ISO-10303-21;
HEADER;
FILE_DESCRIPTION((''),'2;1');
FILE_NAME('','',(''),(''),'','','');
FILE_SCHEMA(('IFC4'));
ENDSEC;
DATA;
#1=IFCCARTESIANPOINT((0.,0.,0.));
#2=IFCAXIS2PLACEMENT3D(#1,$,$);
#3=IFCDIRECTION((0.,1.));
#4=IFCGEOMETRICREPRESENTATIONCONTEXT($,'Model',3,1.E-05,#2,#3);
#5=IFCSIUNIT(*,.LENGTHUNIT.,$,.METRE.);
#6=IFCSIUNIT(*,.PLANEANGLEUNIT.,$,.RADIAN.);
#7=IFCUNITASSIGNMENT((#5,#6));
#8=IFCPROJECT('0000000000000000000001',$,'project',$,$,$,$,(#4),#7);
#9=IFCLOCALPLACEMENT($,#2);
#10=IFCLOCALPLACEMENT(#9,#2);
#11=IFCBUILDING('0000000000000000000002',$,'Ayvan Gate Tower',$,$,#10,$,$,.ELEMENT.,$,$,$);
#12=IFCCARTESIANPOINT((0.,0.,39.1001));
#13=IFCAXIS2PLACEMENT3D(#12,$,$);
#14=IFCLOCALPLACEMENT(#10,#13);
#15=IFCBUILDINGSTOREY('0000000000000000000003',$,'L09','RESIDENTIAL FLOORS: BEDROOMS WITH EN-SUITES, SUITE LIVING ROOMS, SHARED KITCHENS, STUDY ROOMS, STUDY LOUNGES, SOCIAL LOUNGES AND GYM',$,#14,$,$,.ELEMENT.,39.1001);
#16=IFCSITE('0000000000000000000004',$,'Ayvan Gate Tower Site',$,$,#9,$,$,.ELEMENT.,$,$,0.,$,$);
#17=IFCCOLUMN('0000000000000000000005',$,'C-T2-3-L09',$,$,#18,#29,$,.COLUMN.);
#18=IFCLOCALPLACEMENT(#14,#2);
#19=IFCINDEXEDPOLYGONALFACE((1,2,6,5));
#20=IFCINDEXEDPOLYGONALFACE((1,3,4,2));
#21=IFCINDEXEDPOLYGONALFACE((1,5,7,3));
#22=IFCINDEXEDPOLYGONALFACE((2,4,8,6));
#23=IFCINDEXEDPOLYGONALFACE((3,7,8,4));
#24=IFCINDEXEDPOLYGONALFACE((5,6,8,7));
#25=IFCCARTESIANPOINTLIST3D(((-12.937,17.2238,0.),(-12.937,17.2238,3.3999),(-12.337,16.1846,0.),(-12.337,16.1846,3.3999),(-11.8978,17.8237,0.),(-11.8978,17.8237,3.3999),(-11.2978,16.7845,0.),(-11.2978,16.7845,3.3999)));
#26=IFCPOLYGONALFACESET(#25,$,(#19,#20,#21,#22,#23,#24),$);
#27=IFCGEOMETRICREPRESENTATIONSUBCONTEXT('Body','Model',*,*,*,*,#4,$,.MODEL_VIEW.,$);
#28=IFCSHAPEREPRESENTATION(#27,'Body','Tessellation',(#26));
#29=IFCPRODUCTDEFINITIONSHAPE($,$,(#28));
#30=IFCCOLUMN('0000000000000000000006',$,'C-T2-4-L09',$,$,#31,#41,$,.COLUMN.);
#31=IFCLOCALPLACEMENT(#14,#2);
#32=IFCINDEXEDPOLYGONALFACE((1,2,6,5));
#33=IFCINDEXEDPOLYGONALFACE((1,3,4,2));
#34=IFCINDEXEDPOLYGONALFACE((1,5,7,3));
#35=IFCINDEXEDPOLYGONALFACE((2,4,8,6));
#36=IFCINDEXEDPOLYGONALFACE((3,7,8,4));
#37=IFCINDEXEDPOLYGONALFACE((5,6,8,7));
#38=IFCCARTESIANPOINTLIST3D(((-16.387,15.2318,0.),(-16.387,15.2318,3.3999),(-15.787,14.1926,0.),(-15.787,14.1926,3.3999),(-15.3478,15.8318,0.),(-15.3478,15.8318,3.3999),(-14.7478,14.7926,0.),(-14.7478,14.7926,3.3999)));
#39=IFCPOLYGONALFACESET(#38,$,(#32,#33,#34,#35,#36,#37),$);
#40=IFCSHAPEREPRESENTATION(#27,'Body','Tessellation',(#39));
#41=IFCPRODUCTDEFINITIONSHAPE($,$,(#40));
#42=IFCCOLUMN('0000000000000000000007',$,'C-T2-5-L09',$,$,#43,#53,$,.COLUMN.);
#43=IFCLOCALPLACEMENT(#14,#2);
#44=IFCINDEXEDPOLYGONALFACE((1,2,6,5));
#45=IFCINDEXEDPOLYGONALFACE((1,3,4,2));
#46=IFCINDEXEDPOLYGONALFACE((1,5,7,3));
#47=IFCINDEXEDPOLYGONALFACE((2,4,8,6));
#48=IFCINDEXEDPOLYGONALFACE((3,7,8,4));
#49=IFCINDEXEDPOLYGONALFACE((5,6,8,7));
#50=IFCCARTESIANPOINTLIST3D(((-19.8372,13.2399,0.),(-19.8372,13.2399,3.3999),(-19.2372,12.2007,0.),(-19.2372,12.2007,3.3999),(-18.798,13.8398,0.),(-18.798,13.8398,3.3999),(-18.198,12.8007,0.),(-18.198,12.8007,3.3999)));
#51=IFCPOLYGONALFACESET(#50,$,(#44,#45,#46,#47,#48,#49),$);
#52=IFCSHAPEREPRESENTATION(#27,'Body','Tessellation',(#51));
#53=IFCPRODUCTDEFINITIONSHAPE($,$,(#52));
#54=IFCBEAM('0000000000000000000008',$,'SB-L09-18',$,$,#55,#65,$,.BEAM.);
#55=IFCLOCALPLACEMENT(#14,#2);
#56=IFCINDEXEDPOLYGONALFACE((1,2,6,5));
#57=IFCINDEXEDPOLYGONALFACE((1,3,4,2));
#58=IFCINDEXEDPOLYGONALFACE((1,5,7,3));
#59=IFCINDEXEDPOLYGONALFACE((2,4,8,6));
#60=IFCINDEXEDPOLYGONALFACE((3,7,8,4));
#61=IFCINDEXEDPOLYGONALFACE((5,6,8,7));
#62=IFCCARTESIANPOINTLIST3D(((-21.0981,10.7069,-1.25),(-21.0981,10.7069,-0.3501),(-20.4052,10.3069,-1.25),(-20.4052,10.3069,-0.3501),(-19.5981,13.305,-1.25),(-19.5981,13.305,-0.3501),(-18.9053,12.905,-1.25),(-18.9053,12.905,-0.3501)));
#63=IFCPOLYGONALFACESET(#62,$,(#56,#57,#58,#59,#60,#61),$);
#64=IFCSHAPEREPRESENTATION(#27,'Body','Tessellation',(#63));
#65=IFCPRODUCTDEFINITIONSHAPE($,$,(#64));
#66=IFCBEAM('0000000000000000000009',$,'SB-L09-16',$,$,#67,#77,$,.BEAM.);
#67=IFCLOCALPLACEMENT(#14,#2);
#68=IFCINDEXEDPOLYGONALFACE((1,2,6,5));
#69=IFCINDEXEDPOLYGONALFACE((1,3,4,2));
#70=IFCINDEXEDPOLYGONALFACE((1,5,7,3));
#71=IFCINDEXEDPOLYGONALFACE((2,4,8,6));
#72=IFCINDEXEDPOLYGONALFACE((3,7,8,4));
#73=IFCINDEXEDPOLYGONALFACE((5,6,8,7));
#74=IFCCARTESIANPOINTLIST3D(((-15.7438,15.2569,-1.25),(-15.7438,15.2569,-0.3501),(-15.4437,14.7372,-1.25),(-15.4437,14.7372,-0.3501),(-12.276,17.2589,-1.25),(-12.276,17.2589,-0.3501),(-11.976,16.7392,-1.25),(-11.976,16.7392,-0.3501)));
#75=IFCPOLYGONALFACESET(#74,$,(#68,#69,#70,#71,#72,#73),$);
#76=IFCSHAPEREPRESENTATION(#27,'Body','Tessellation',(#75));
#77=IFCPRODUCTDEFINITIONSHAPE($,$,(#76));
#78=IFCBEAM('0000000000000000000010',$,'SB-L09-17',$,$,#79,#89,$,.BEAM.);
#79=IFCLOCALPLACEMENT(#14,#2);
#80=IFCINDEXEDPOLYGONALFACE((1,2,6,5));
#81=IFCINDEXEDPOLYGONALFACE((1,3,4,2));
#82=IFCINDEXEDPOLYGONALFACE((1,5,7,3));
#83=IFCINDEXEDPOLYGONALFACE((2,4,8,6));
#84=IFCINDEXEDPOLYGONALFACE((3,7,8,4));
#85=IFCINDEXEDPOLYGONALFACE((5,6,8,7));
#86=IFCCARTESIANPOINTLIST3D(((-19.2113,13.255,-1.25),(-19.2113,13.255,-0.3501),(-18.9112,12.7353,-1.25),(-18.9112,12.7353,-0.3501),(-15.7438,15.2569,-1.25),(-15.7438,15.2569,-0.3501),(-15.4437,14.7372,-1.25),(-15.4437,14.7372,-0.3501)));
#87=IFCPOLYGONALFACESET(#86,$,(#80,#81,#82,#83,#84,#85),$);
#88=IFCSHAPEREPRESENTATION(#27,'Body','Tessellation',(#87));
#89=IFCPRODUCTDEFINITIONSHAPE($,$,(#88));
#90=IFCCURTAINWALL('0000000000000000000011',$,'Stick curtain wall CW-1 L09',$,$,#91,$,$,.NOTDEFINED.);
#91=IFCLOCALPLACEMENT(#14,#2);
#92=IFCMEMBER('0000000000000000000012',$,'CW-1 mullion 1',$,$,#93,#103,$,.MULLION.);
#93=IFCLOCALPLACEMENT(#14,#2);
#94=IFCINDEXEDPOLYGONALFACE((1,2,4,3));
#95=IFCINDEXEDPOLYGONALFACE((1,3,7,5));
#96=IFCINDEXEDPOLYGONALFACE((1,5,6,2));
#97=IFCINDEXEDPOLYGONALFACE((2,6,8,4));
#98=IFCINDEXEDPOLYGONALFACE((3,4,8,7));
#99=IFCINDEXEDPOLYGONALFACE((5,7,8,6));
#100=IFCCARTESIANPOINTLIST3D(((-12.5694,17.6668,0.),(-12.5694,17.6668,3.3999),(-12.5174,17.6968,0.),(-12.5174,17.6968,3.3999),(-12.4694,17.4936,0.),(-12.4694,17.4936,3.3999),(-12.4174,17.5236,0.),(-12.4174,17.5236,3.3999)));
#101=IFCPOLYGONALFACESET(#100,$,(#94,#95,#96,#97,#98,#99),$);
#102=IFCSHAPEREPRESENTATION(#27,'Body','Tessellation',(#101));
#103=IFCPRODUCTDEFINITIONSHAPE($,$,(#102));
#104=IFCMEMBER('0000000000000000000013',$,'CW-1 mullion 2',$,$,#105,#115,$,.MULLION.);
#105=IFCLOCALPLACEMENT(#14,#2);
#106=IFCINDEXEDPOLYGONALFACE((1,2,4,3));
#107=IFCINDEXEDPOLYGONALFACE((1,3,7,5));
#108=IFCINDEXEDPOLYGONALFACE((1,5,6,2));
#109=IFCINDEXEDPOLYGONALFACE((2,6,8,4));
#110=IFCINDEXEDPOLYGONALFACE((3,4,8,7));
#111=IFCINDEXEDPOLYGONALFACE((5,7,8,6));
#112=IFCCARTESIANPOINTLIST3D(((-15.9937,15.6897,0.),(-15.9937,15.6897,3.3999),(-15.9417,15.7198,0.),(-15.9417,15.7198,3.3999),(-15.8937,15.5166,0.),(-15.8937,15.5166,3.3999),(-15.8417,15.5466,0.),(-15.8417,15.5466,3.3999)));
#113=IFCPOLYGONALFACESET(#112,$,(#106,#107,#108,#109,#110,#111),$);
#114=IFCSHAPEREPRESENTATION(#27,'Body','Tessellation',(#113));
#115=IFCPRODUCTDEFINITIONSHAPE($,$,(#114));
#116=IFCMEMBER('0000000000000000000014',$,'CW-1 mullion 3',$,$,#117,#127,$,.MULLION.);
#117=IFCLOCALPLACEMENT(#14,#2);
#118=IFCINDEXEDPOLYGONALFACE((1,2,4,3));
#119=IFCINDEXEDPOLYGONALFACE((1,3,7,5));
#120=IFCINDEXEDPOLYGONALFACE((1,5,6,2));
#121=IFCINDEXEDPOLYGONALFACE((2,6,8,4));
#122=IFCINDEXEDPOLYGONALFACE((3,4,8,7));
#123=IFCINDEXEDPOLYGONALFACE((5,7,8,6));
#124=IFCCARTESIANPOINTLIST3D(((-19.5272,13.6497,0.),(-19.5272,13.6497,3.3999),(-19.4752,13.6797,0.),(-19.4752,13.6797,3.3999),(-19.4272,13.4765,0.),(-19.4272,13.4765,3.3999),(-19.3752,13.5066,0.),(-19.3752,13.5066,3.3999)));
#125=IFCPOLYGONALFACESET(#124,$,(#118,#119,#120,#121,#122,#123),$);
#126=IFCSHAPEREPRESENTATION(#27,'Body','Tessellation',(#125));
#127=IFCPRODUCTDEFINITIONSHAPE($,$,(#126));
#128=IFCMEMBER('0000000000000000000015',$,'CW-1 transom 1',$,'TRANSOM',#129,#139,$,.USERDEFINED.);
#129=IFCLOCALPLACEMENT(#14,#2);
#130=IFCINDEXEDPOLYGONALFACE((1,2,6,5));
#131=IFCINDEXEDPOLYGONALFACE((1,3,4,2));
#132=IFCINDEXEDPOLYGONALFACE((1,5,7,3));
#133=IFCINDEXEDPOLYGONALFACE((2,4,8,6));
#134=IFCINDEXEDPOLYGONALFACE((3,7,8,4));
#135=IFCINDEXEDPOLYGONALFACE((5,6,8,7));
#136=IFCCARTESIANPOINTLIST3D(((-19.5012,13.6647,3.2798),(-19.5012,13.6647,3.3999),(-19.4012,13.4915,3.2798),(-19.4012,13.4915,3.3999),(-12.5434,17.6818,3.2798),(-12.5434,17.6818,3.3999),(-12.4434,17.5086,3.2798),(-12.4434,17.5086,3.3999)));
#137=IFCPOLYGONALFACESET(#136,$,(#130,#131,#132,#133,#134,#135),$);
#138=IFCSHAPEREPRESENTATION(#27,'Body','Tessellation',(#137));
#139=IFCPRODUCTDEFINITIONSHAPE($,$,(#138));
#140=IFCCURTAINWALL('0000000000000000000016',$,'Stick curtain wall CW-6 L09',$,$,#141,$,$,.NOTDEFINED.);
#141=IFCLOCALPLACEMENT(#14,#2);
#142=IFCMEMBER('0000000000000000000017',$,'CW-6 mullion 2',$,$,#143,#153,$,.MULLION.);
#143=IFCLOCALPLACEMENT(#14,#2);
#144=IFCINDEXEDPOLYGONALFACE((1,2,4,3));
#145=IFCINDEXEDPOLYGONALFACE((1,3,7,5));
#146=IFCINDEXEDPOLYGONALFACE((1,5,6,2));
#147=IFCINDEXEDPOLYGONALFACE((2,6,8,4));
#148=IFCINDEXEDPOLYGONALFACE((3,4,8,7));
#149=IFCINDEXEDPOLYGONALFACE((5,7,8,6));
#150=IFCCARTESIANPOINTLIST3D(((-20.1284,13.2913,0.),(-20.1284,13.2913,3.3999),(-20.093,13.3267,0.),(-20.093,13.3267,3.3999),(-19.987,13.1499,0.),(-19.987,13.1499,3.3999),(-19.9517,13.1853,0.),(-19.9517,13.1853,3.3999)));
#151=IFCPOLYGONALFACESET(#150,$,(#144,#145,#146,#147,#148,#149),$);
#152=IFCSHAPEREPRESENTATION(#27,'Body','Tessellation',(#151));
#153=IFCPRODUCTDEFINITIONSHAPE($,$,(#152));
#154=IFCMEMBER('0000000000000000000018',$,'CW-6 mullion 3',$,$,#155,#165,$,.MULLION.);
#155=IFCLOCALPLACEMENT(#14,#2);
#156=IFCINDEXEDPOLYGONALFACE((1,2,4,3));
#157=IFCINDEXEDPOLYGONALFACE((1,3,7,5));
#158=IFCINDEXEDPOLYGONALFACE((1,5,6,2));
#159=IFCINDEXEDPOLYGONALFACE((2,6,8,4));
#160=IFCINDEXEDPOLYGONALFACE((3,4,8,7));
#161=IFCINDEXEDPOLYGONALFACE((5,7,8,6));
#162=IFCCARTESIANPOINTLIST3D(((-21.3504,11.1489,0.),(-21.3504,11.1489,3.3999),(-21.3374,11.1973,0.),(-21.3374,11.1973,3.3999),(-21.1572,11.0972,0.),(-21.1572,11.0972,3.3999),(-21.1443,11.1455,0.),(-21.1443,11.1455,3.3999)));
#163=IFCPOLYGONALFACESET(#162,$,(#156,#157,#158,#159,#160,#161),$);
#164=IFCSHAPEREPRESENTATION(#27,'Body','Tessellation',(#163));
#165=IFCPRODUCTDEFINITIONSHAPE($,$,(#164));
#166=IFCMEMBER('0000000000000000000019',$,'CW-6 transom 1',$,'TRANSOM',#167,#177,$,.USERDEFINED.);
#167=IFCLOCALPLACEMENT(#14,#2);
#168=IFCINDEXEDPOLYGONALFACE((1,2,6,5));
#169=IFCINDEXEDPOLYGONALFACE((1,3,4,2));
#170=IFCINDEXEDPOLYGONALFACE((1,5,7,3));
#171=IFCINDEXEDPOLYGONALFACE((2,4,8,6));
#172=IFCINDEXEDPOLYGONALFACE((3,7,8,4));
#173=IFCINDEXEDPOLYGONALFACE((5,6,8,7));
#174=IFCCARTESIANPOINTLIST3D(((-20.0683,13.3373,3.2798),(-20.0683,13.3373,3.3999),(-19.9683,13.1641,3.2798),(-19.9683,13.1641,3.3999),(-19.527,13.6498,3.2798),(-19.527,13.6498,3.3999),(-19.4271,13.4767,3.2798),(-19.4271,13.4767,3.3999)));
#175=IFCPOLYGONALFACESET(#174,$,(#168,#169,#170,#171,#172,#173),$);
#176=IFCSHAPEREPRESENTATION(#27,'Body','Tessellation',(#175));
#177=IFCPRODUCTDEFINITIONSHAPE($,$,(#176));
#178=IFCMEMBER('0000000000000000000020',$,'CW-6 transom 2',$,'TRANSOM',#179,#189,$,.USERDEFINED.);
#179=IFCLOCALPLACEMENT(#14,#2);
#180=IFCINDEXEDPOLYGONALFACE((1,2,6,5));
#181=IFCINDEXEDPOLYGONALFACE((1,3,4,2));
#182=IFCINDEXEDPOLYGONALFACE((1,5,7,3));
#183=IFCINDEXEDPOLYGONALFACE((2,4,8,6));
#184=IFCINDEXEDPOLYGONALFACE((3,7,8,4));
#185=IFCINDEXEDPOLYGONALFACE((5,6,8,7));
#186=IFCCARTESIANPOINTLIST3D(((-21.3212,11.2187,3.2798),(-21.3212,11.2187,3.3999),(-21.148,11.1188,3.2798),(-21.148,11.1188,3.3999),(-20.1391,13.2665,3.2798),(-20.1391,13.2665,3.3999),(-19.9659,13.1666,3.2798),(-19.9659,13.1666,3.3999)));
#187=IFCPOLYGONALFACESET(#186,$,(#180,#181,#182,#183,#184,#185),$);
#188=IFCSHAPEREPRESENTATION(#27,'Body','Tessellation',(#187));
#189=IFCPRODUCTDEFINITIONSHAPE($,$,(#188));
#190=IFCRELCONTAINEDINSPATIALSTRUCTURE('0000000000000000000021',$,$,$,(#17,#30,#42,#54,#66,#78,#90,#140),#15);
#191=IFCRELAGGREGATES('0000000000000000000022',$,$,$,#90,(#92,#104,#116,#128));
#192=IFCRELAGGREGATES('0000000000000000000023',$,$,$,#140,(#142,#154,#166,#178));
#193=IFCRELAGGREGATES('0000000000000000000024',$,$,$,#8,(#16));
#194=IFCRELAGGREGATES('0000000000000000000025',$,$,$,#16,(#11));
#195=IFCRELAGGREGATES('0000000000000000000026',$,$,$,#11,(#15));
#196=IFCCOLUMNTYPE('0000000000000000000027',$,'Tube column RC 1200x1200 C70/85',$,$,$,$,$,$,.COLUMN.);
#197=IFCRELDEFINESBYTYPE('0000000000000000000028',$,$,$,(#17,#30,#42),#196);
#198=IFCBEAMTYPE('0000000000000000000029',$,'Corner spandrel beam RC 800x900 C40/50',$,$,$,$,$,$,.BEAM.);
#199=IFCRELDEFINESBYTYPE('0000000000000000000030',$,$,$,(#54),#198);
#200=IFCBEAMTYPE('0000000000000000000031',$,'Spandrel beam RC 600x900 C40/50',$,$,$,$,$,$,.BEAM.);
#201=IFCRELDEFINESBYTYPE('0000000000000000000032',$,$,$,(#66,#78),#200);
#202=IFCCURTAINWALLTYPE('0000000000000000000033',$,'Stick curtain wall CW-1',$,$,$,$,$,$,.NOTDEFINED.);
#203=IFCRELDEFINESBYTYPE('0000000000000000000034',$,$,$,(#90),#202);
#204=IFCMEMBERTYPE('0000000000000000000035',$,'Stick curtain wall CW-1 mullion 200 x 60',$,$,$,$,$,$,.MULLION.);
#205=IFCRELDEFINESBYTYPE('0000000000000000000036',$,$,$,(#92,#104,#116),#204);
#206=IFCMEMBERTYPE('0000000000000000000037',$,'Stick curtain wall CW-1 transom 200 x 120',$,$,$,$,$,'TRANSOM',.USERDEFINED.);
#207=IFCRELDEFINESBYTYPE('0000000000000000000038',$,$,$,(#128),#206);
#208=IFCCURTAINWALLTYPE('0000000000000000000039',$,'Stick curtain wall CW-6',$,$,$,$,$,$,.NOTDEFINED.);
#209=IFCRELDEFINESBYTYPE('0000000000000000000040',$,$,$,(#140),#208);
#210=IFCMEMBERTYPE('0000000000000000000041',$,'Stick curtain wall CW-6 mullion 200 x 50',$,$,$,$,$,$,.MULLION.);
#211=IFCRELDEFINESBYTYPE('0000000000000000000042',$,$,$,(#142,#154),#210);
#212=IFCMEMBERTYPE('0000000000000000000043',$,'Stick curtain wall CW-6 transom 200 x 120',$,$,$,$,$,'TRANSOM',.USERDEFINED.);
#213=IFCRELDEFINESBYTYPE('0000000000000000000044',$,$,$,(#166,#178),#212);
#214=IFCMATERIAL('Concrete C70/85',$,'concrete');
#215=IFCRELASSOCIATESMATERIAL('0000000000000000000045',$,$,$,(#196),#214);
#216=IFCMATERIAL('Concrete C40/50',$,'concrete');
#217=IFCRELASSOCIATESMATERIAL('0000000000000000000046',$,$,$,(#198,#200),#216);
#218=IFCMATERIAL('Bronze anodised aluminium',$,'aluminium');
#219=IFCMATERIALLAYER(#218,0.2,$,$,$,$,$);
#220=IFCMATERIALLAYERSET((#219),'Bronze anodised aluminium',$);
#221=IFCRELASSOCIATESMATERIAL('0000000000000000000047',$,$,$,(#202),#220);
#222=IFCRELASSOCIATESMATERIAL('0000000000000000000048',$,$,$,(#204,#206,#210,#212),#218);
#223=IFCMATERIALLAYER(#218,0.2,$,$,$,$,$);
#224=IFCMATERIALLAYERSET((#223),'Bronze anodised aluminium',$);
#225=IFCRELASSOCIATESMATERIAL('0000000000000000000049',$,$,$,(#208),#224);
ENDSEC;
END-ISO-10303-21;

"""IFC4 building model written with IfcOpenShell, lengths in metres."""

from ifc_helpers import new_model, si_unit, direction, frame, origin, origin_2d, place, context, subcontext, project, spatial, rectangle, extrude, material, layer, layer_set, material_profile, profile_set, type_object, element, aggregate, save


model = new_model("IFC4")

# Units and contexts
model_context = context("Model", 3, precision=1e-05, world=origin(), true_north=direction((0.0, 1.0)))
body_context = subcontext(model_context, "Body", "Model", "MODEL_VIEW")
ifc_project = project(units=[si_unit("LENGTHUNIT", "METRE"), si_unit("PLANEANGLEUNIT", "RADIAN")], contexts=[model_context])

# Site, building, storey
site_placement = place(None, origin())
site = spatial("IfcSite", under=ifc_project, at=site_placement, Name="Ayvan Gate Tower Site", CompositionType="ELEMENT", RefElevation=0.0)
building_placement = place(site_placement, origin())
building = spatial("IfcBuilding", under=site, at=building_placement, Name="Ayvan Gate Tower", CompositionType="ELEMENT")
storey_placement = place(building_placement, frame((0.0, 0.0, 39.1001)))
storey = spatial("IfcBuildingStorey", under=building, at=storey_placement, Name="L09", Description="RESIDENTIAL FLOORS: BEDROOMS WITH EN-SUITES, SUITE LIVING ROOMS, SHARED KITCHENS, STUDY ROOMS, STUDY LOUNGES, SOCIAL LOUNGES AND GYM", CompositionType="ELEMENT", Elevation=39.1001)

# Columns
ifc_material_1 = material(Name="Concrete C70/85", Category="concrete")
ifc_material_profile_1 = material_profile(ifc_material_1, rectangle(XDim=1.2, YDim=1.2, at=origin_2d()), Name="RC 1200x1200")
ifc_profile_set_1 = profile_set([ifc_material_profile_1], Name="Concrete C70/85")
column_type = type_object("IfcColumnType", Name="Tube column RC 1200x1200 C70/85", PredefinedType="COLUMN", material=ifc_profile_set_1)
for number, where, z_axis, x_axis, name in (
    (1, (-12.1174, 17.0042, 0.0), (0.0, 0.0, 1.0), (-0.5, 0.866025, 0.0), "C-T2-3-L09"),
    (2, (-15.5674, 15.0122, 0.0), (0.0, 0.0, 1.0), (-0.5, 0.866025, 0.0), "C-T2-4-L09"),
    (3, (-19.0176, 13.0203, 0.0), (0.0, 0.0, 1.0), (-0.5, 0.866025, 0.0), "C-T2-5-L09"),
):
    element("IfcColumn", number, at=place(storey_placement, frame(where, z_axis=z_axis, x_axis=x_axis)), inside=storey, type_object=column_type, Name=name, PredefinedType="COLUMN", context=body_context, shape_type="SweptSolid", body=[
        extrude(rectangle(XDim=1.2, YDim=1.2, at=origin_2d()), origin(), (0.0, 0.0, 1.0), 3.3999),
    ])

# Beams
ifc_material_2 = material(Name="Concrete C40/50", Category="concrete")
ifc_material_profile_2 = material_profile(ifc_material_2, rectangle(XDim=0.8, YDim=0.8999, at=origin_2d()), Name="RC 800x900")
ifc_profile_set_2 = profile_set([ifc_material_profile_2], Name="Concrete C40/50")
beam_type_1 = type_object("IfcBeamType", Name="Corner spandrel beam RC 800x900 C40/50", PredefinedType="BEAM", material=ifc_profile_set_2)
beam_1_placement = place(storey_placement, frame((-19.2517, 13.105, -0.8), z_axis=(-0.49999, -0.866031, 0.0), x_axis=(0.866031, -0.49999, 0.0)))
element("IfcBeam", 4, at=beam_1_placement, inside=storey, type_object=beam_type_1, Name="SB-L09-18", PredefinedType="BEAM", context=body_context, shape_type="SweptSolid", body=[
    extrude(rectangle(XDim=0.8, YDim=0.8999, at=origin_2d()), origin(), (0.0, 0.0, 1.0), 3.0),
])
ifc_material_profile_3 = material_profile(ifc_material_2, rectangle(XDim=0.6001, YDim=0.8999, at=origin_2d()), Name="RC 600x900")
ifc_profile_set_3 = profile_set([ifc_material_profile_3], Name="Concrete C40/50")
beam_type_2 = type_object("IfcBeamType", Name="Spandrel beam RC 600x900 C40/50", PredefinedType="BEAM", material=ifc_profile_set_3)
beam_2_placement = place(storey_placement, frame((-12.126, 16.999, -0.8), z_axis=(-0.866043, -0.499969, 0.0), x_axis=(0.499969, -0.866043, 0.0)))
element("IfcBeam", 5, at=beam_2_placement, inside=storey, type_object=beam_type_2, Name="SB-L09-16", PredefinedType="BEAM", context=body_context, shape_type="SweptSolid", body=[
    extrude(rectangle(XDim=0.6001, YDim=0.8999, at=origin_2d()), origin(), (0.0, 0.0, 1.0), 4.0042),
])
beam_3_placement = place(storey_placement, frame((-15.5938, 14.9971, -0.8), z_axis=(-0.866028, -0.499995, 0.0), x_axis=(0.499995, -0.866028, 0.0)))
element("IfcBeam", 6, at=beam_3_placement, inside=storey, type_object=beam_type_2, Name="SB-L09-17", PredefinedType="BEAM", context=body_context, shape_type="SweptSolid", body=[
    extrude(rectangle(XDim=0.6001, YDim=0.8999, at=origin_2d()), origin(), (0.0, 0.0, 1.0), 4.0039),
])

# Curtain walls, members
ifc_material_3 = material(Name="Bronze anodised aluminium", Category="aluminium")
ifc_layer_1 = layer(ifc_material_3, 0.2)
ifc_layer_set_1 = layer_set([ifc_layer_1], Name="Bronze anodised aluminium")
curtain_wall_type_1 = type_object("IfcCurtainWallType", Name="Stick curtain wall CW-1", PredefinedType="NOTDEFINED", material=ifc_layer_set_1)
curtain_wall_1_placement = place(storey_placement, origin())
curtain_wall_1 = element("IfcCurtainWall", 7, at=curtain_wall_1_placement, inside=storey, type_object=curtain_wall_type_1, Name="Stick curtain wall CW-1 L09", PredefinedType="NOTDEFINED")
ifc_material_profile_4 = material_profile(ifc_material_3, rectangle(XDim=0.2, YDim=0.0601, at=origin_2d()), Name="Stick curtain wall CW-1 mullion 200 x 60")
ifc_profile_set_4 = profile_set([ifc_material_profile_4], Name="Bronze anodised aluminium")
member_type_1 = type_object("IfcMemberType", Name="Stick curtain wall CW-1 mullion 200 x 60", PredefinedType="MULLION", material=ifc_profile_set_4)
member_1_placement = place(storey_placement, frame((-12.4934, 17.5952, 0.0), z_axis=(0.0, 0.0, 1.0), x_axis=(-0.5, 0.866025, 0.0)))
member_1 = element("IfcMember", 8, at=member_1_placement, type_object=member_type_1, Name="CW-1 mullion 1", PredefinedType="MULLION", context=body_context, shape_type="SweptSolid", body=[
    extrude(rectangle(XDim=0.2, YDim=0.0601, at=origin_2d()), origin(), (0.0, 0.0, 1.0), 3.3999),
])
member_2_placement = place(storey_placement, frame((-15.9177, 15.6182, 0.0), z_axis=(0.0, 0.0, 1.0), x_axis=(-0.5, 0.866025, 0.0)))
member_2 = element("IfcMember", 9, at=member_2_placement, type_object=member_type_1, Name="CW-1 mullion 2", PredefinedType="MULLION", context=body_context, shape_type="SweptSolid", body=[
    extrude(rectangle(XDim=0.2, YDim=0.0601, at=origin_2d()), origin(), (0.0, 0.0, 1.0), 3.3999),
])
member_3_placement = place(storey_placement, frame((-19.4512, 13.5781, 0.0), z_axis=(0.0, 0.0, 1.0), x_axis=(-0.5, 0.866025, 0.0)))
member_3 = element("IfcMember", 10, at=member_3_placement, type_object=member_type_1, Name="CW-1 mullion 3", PredefinedType="MULLION", context=body_context, shape_type="SweptSolid", body=[
    extrude(rectangle(XDim=0.2, YDim=0.0601, at=origin_2d()), origin(), (0.0, 0.0, 1.0), 3.3999),
])
ifc_material_profile_5 = material_profile(ifc_material_3, rectangle(XDim=0.2, YDim=0.1201, at=origin_2d()), Name="Stick curtain wall CW-1 transom 200 x 120")
ifc_profile_set_5 = profile_set([ifc_material_profile_5], Name="Bronze anodised aluminium")
member_type_2 = type_object("IfcMemberType", Name="Stick curtain wall CW-1 transom 200 x 120", ElementType="TRANSOM", PredefinedType="USERDEFINED", material=ifc_profile_set_5)
member_4_placement = place(storey_placement, frame((-12.4934, 17.5952, 3.3398), z_axis=(-0.866024, -0.500002, 0.0), x_axis=(0.500002, -0.866024, 0.0)))
member_4 = element("IfcMember", 11, at=member_4_placement, type_object=member_type_2, Name="CW-1 transom 1", ObjectType="TRANSOM", PredefinedType="USERDEFINED", context=body_context, shape_type="SweptSolid", body=[
    extrude(rectangle(XDim=0.2, YDim=0.1201, at=origin_2d()), origin(), (0.0, 0.0, 1.0), 8.0342),
])
ifc_layer_2 = layer(ifc_material_3, 0.2)
ifc_layer_set_2 = layer_set([ifc_layer_2], Name="Bronze anodised aluminium")
curtain_wall_type_2 = type_object("IfcCurtainWallType", Name="Stick curtain wall CW-6", PredefinedType="NOTDEFINED", material=ifc_layer_set_2)
curtain_wall_2_placement = place(storey_placement, origin())
curtain_wall_2 = element("IfcCurtainWall", 12, at=curtain_wall_2_placement, inside=storey, type_object=curtain_wall_type_2, Name="Stick curtain wall CW-6 L09", PredefinedType="NOTDEFINED")
ifc_material_profile_6 = material_profile(ifc_material_3, rectangle(XDim=0.2, YDim=0.05, at=origin_2d()), Name="Stick curtain wall CW-6 mullion 200 x 50")
ifc_profile_set_6 = profile_set([ifc_material_profile_6], Name="Bronze anodised aluminium")
member_type_3 = type_object("IfcMemberType", Name="Stick curtain wall CW-6 mullion 200 x 50", PredefinedType="MULLION", material=ifc_profile_set_6)
member_5_placement = place(storey_placement, frame((-20.04, 13.2383, 0.0), z_axis=(0.0, 0.0, 1.0), x_axis=(-0.707107, 0.707107, 0.0)))
member_5 = element("IfcMember", 13, at=member_5_placement, type_object=member_type_3, Name="CW-6 mullion 2", PredefinedType="MULLION", context=body_context, shape_type="SweptSolid", body=[
    extrude(rectangle(XDim=0.2, YDim=0.05, at=origin_2d()), origin(), (0.0, 0.0, 1.0), 3.3999),
])
member_6_placement = place(storey_placement, frame((-21.2473, 11.1472, 0.0), z_axis=(0.0, 0.0, 1.0), x_axis=(-0.965926, 0.258819, 0.0)))
member_6 = element("IfcMember", 14, at=member_6_placement, type_object=member_type_3, Name="CW-6 mullion 3", PredefinedType="MULLION", context=body_context, shape_type="SweptSolid", body=[
    extrude(rectangle(XDim=0.2, YDim=0.05, at=origin_2d()), origin(), (0.0, 0.0, 1.0), 3.3999),
])
ifc_material_profile_7 = material_profile(ifc_material_3, rectangle(XDim=0.2, YDim=0.1201, at=origin_2d()), Name="Stick curtain wall CW-6 transom 200 x 120")
ifc_profile_set_7 = profile_set([ifc_material_profile_7], Name="Bronze anodised aluminium")
member_type_4 = type_object("IfcMemberType", Name="Stick curtain wall CW-6 transom 200 x 120", ElementType="TRANSOM", PredefinedType="USERDEFINED", material=ifc_profile_set_7)
member_7_placement = place(storey_placement, frame((-19.4771, 13.5632, 3.3398), z_axis=(-0.866023, -0.500004, 0.0), x_axis=(0.500004, -0.866023, 0.0)))
member_7 = element("IfcMember", 15, at=member_7_placement, type_object=member_type_4, Name="CW-6 transom 1", ObjectType="TRANSOM", PredefinedType="USERDEFINED", context=body_context, shape_type="SweptSolid", body=[
    extrude(rectangle(XDim=0.2, YDim=0.1201, at=origin_2d()), origin(), (0.0, 0.0, 1.0), 0.625),
])
member_8_placement = place(storey_placement, frame((-20.0525, 13.2166, 3.3398), z_axis=(-0.499937, -0.866062, 0.0), x_axis=(0.866062, -0.499937, 0.0)))
member_8 = element("IfcMember", 16, at=member_8_placement, type_object=member_type_4, Name="CW-6 transom 2", ObjectType="TRANSOM", PredefinedType="USERDEFINED", context=body_context, shape_type="SweptSolid", body=[
    extrude(rectangle(XDim=0.2, YDim=0.1201, at=origin_2d()), origin(), (0.0, 0.0, 1.0), 2.3645),
])

aggregate(curtain_wall_1, [member_1, member_2, member_3, member_4])
aggregate(curtain_wall_2, [member_5, member_6, member_7, member_8])

save(model, "model.ifc")
